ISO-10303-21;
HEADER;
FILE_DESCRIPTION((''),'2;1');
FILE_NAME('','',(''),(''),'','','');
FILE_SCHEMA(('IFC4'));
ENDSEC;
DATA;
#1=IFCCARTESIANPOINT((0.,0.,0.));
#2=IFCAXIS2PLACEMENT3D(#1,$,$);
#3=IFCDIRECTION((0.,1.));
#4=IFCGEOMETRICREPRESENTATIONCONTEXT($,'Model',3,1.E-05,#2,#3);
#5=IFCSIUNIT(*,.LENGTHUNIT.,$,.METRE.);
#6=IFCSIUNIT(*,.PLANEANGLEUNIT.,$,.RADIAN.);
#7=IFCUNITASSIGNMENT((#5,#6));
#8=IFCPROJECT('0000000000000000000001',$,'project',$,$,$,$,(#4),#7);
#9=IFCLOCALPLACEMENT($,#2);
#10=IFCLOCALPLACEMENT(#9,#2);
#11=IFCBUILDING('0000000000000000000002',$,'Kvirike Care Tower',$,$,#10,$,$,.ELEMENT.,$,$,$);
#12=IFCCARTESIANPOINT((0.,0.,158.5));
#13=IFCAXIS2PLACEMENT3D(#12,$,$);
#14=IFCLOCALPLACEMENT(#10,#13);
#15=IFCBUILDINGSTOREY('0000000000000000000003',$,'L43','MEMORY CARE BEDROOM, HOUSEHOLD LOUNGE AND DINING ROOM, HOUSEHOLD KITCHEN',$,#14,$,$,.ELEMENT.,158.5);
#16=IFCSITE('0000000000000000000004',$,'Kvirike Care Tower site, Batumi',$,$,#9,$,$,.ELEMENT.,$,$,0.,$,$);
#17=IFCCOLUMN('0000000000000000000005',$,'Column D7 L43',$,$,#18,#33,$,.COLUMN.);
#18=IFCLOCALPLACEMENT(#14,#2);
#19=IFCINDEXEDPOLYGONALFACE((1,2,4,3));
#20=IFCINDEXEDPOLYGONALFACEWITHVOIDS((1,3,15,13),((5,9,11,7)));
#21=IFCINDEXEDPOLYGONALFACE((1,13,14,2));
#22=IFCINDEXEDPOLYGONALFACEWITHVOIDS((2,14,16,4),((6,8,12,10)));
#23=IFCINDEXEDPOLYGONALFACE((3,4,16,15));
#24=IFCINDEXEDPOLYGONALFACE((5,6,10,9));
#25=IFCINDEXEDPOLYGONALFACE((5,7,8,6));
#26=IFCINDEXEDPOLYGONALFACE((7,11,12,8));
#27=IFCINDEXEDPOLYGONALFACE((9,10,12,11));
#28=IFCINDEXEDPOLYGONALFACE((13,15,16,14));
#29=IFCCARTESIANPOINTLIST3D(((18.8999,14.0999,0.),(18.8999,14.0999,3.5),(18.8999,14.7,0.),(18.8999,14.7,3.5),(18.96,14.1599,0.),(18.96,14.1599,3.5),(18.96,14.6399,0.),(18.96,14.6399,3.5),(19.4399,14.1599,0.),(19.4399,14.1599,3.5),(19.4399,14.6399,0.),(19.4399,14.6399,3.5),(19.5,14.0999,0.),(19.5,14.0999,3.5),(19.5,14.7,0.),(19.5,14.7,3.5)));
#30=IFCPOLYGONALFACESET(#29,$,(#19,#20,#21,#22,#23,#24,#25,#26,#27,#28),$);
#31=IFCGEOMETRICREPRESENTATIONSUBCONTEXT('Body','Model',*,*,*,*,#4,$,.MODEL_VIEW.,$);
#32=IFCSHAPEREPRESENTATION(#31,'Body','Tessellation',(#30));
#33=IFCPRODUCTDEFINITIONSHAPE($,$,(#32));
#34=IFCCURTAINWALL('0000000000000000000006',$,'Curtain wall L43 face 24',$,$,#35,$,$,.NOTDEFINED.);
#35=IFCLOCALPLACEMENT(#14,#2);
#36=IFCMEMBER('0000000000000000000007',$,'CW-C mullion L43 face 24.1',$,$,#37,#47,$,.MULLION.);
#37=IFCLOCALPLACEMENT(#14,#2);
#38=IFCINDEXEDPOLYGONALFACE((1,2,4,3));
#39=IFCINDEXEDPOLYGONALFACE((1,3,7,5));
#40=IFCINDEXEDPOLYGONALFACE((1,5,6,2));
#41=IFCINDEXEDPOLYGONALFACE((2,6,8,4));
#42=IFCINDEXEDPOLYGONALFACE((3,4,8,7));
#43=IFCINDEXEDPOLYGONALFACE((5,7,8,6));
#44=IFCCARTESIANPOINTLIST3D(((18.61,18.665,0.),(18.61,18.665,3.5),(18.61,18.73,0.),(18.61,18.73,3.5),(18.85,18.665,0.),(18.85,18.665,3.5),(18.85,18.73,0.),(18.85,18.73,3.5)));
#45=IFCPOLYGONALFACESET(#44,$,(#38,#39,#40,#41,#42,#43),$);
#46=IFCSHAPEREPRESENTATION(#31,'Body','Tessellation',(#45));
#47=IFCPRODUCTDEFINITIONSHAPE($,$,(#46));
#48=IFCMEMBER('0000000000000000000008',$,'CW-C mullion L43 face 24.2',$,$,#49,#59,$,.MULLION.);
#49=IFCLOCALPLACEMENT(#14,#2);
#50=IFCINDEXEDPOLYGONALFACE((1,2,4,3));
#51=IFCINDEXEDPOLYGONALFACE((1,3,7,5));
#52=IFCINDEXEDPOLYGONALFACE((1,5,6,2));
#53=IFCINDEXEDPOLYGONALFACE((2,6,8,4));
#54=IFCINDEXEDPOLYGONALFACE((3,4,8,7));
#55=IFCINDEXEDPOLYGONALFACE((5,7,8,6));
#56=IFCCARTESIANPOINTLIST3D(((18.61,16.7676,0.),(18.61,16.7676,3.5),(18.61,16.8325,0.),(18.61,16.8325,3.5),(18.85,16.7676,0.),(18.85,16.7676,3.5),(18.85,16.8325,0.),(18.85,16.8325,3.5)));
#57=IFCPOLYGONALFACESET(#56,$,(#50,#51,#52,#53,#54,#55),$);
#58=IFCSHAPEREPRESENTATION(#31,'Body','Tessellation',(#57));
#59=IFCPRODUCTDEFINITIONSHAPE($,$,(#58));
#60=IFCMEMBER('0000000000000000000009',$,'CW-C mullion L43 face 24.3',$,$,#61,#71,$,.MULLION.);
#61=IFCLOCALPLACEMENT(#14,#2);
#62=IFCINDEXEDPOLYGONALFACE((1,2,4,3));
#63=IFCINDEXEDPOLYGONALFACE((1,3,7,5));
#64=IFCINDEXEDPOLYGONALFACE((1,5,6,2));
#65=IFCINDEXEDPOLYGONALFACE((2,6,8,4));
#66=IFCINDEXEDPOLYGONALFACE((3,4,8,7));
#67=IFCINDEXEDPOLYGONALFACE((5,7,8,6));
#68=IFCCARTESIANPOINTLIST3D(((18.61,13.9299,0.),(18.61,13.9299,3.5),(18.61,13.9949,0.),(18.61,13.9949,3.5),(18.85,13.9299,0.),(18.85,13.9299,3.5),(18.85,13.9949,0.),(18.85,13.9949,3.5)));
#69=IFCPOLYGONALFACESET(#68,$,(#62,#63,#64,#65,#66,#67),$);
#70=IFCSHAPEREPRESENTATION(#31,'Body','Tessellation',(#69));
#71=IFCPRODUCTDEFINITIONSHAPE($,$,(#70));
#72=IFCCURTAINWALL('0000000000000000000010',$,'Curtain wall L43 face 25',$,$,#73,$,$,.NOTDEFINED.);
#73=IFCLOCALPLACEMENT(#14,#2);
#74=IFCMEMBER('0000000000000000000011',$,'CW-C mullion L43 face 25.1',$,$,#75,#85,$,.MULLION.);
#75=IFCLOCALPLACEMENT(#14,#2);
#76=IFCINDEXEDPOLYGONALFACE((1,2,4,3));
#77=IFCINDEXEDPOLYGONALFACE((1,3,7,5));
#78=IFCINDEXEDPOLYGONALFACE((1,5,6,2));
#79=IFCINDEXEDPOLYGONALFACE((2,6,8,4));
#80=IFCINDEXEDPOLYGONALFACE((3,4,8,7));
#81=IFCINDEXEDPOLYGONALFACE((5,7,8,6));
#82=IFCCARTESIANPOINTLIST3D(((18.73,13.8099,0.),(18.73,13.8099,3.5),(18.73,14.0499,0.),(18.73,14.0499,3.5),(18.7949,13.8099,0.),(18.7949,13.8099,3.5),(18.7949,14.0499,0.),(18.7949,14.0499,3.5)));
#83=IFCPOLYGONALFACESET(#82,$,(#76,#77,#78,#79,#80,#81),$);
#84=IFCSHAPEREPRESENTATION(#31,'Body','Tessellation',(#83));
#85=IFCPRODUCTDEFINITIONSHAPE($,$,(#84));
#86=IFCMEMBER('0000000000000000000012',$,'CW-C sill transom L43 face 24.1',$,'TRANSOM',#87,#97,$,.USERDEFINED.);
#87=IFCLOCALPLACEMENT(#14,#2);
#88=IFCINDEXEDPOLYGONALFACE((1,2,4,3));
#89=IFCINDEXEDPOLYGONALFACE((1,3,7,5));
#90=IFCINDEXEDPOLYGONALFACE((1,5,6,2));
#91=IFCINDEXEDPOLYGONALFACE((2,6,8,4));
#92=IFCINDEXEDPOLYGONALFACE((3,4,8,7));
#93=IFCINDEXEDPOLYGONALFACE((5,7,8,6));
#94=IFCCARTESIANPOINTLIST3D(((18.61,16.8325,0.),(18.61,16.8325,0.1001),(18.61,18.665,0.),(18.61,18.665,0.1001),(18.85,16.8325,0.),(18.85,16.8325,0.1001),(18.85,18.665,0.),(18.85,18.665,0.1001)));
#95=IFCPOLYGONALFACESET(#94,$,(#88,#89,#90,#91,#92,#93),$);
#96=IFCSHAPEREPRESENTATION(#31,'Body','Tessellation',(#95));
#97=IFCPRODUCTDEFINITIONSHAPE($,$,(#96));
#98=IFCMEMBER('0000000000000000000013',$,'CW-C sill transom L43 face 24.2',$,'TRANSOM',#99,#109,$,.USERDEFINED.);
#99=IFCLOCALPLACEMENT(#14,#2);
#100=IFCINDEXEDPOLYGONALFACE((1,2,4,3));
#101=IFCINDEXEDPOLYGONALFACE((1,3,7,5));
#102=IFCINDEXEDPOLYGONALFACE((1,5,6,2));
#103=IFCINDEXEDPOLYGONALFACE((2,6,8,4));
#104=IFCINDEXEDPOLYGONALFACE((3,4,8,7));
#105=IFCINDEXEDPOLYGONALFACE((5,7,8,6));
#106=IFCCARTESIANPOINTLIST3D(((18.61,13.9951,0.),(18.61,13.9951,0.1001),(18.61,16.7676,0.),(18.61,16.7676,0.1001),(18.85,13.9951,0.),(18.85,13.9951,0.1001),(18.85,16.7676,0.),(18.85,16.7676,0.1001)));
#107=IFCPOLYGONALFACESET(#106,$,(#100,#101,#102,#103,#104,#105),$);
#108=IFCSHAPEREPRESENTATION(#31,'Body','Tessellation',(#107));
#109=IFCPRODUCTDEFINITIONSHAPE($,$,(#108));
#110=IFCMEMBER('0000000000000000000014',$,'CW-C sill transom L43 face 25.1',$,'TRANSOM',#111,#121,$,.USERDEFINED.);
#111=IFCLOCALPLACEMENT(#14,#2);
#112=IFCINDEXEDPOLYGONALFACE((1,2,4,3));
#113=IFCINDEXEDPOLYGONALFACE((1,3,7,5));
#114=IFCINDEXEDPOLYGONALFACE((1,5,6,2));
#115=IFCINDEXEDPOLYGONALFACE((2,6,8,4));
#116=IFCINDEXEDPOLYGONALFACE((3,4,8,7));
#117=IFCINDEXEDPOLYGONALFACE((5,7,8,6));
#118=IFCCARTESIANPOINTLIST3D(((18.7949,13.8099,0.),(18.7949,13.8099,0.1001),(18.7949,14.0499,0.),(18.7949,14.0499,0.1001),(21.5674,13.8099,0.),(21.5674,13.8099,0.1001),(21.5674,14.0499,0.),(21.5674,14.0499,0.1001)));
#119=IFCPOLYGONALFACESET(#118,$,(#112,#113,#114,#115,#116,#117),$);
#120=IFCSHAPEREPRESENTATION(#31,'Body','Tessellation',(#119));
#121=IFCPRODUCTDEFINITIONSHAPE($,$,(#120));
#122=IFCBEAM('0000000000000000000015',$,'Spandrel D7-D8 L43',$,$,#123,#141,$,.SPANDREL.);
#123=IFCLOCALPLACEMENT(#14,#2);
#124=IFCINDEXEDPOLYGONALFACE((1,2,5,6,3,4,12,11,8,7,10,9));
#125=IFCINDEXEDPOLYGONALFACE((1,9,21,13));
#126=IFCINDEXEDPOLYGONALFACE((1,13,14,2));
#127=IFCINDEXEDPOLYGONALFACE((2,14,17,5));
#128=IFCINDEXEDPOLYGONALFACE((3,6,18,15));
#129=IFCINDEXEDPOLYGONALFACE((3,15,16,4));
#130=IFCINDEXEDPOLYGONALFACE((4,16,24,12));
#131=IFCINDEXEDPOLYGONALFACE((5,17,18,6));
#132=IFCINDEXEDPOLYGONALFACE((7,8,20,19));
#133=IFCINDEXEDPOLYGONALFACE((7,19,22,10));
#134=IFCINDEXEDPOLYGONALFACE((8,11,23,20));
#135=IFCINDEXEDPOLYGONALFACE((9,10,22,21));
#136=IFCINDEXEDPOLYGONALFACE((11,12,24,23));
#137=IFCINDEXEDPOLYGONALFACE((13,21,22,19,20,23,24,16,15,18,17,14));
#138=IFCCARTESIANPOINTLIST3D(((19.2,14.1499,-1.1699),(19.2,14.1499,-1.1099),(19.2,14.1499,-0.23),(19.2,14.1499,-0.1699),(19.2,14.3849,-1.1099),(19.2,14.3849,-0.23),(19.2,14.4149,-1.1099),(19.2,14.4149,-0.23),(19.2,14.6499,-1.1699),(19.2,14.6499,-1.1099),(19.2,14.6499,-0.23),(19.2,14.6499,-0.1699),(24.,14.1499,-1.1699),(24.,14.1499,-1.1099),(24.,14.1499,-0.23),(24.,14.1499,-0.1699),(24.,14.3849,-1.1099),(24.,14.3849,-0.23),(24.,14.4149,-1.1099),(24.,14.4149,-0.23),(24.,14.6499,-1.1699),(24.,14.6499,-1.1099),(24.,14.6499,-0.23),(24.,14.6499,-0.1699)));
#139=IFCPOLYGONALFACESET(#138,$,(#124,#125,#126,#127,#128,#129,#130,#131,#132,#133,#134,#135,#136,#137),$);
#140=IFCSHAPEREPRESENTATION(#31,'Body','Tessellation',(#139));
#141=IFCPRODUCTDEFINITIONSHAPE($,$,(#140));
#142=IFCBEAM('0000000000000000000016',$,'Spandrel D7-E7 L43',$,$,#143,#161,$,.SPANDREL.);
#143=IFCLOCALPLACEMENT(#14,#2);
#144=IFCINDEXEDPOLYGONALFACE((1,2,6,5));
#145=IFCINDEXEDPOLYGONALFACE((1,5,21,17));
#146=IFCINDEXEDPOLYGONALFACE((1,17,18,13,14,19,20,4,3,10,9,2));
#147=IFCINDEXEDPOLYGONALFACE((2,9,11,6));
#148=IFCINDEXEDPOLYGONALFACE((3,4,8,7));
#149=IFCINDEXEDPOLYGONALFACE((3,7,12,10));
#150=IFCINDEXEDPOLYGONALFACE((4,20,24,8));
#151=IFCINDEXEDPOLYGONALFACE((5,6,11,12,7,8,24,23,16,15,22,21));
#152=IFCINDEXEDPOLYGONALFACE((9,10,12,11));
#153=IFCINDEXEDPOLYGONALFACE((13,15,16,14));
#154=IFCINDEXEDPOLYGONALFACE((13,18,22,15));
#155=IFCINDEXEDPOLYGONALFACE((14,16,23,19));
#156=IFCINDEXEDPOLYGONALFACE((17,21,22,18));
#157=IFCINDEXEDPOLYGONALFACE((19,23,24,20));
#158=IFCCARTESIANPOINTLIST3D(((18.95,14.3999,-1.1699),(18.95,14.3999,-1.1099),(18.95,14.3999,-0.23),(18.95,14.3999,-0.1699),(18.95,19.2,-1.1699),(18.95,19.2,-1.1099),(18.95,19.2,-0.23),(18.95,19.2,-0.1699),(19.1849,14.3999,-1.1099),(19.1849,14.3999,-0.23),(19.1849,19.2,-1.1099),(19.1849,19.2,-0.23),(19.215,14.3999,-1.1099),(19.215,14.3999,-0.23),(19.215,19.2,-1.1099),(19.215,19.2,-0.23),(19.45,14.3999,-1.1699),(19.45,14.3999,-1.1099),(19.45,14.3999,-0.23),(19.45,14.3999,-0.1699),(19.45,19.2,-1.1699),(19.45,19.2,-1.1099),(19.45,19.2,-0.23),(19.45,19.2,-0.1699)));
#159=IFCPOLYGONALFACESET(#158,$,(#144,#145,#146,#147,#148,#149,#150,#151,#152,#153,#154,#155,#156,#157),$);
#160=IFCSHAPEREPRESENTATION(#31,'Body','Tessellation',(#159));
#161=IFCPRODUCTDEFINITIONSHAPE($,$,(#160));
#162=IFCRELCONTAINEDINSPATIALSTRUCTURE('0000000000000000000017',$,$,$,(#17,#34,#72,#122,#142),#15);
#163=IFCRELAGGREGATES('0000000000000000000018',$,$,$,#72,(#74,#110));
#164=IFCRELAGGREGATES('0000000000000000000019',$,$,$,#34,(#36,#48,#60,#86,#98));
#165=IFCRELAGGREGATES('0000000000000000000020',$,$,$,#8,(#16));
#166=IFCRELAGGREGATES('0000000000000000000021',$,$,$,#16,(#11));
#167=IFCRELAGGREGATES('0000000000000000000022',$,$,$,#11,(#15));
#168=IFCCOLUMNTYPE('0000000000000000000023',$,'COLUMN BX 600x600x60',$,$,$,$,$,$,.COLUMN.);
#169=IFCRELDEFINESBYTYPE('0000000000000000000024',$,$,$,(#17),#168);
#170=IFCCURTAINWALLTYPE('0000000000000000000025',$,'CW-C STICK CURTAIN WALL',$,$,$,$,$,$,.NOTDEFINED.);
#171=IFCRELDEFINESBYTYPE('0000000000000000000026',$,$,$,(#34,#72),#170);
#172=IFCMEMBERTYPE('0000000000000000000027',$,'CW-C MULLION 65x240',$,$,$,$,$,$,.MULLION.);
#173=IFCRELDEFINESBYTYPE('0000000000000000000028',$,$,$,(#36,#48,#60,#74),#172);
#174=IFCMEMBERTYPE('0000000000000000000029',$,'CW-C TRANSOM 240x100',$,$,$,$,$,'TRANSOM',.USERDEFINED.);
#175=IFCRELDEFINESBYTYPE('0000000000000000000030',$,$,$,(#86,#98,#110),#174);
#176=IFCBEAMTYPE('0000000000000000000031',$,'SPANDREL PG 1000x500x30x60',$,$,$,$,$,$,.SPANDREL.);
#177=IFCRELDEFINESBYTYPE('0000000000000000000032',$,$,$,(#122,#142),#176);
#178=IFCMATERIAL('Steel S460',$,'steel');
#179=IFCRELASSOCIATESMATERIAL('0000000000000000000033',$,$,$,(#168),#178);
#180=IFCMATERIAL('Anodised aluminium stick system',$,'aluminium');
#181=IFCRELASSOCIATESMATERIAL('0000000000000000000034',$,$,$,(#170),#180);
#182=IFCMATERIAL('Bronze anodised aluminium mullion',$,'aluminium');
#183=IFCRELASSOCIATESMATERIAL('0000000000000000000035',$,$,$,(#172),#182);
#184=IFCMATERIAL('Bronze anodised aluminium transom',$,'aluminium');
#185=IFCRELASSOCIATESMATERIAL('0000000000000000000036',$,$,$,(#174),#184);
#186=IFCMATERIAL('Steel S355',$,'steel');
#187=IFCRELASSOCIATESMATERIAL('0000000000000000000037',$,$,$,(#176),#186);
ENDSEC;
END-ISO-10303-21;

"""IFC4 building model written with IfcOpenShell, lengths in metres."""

from ifc_helpers import new_model, si_unit, direction, frame, origin, origin_2d, place, context, subcontext, project, spatial, rectangle, hollow_rectangle, i_section, extrude, material, material_profile, profile_set, type_object, element, aggregate, save


model = new_model("IFC4")

# Units and contexts
model_context = context("Model", 3, precision=1e-05, world=origin(), true_north=direction((0.0, 1.0)))
body_context = subcontext(model_context, "Body", "Model", "MODEL_VIEW")
ifc_project = project(units=[si_unit("LENGTHUNIT", "METRE"), si_unit("PLANEANGLEUNIT", "RADIAN")], contexts=[model_context])

# Site, building, storey
site_placement = place(None, origin())
site = spatial("IfcSite", under=ifc_project, at=site_placement, Name="Kvirike Care Tower site, Batumi", CompositionType="ELEMENT", RefElevation=0.0)
building_placement = place(site_placement, origin())
building = spatial("IfcBuilding", under=site, at=building_placement, Name="Kvirike Care Tower", CompositionType="ELEMENT")
storey_placement = place(building_placement, frame((0.0, 0.0, 158.5)))
storey = spatial("IfcBuildingStorey", under=building, at=storey_placement, Name="L43", Description="MEMORY CARE BEDROOM, HOUSEHOLD LOUNGE AND DINING ROOM, HOUSEHOLD KITCHEN", CompositionType="ELEMENT", Elevation=158.5)

# Column
ifc_material_1 = material(Name="Steel S460", Category="steel")
ifc_material_profile_1 = material_profile(ifc_material_1, hollow_rectangle(XDim=0.6001, YDim=0.6001, WallThickness=0.0601, at=origin_2d()), Name="BX 600x600x60")
ifc_profile_set_1 = profile_set([ifc_material_profile_1], Name="Steel S460")
column_type = type_object("IfcColumnType", Name="COLUMN BX 600x600x60", PredefinedType="COLUMN", material=ifc_profile_set_1)
column_placement = place(storey_placement, frame((19.2, 14.3999, 0.0), z_axis=(0.0, 0.0, 1.0), x_axis=(0.0, 1.0, 0.0)))
element("IfcColumn", 1, at=column_placement, inside=storey, type_object=column_type, Name="Column D7 L43", PredefinedType="COLUMN", context=body_context, shape_type="SweptSolid", body=[
    extrude(hollow_rectangle(XDim=0.6001, YDim=0.6001, WallThickness=0.0601, at=origin_2d()), origin(), (0.0, 0.0, 1.0), 3.5),
])

# Curtain wall, members
ifc_material_2 = material(Name="Anodised aluminium stick system", Category="aluminium")
curtain_wall_type = type_object("IfcCurtainWallType", Name="CW-C STICK CURTAIN WALL", PredefinedType="NOTDEFINED", material=ifc_material_2)
curtain_wall_1_placement = place(storey_placement, origin())
curtain_wall_1 = element("IfcCurtainWall", 2, at=curtain_wall_1_placement, inside=storey, type_object=curtain_wall_type, Name="Curtain wall L43 face 24", PredefinedType="NOTDEFINED")
ifc_material_3 = material(Name="Bronze anodised aluminium mullion", Category="aluminium")
ifc_material_profile_2 = material_profile(ifc_material_3, rectangle(XDim=0.0649, YDim=0.24, at=origin_2d()), Name="CW-C MULLION 65x240")
ifc_profile_set_2 = profile_set([ifc_material_profile_2], Name="Bronze anodised aluminium mullion")
member_type_1 = type_object("IfcMemberType", Name="CW-C MULLION 65x240", PredefinedType="MULLION", material=ifc_profile_set_2)
member_1_placement = place(storey_placement, frame((18.73, 18.6975, 0.0), z_axis=(0.0, 0.0, 1.0), x_axis=(0.0, -1.0, 0.0)))
member_1 = element("IfcMember", 3, at=member_1_placement, type_object=member_type_1, Name="CW-C mullion L43 face 24.1", PredefinedType="MULLION", context=body_context, shape_type="SweptSolid", body=[
    extrude(rectangle(XDim=0.0649, YDim=0.24, at=origin_2d()), origin(), (0.0, 0.0, 1.0), 3.5),
])
member_2_placement = place(storey_placement, frame((18.73, 16.8, 0.0), z_axis=(0.0, 0.0, 1.0), x_axis=(0.0, -1.0, 0.0)))
member_2 = element("IfcMember", 4, at=member_2_placement, type_object=member_type_1, Name="CW-C mullion L43 face 24.2", PredefinedType="MULLION", context=body_context, shape_type="SweptSolid", body=[
    extrude(rectangle(XDim=0.0649, YDim=0.24, at=origin_2d()), origin(), (0.0, 0.0, 1.0), 3.5),
])
member_3_placement = place(storey_placement, frame((18.73, 13.9624, 0.0), z_axis=(0.0, 0.0, 1.0), x_axis=(0.0, -1.0, 0.0)))
member_3 = element("IfcMember", 5, at=member_3_placement, type_object=member_type_1, Name="CW-C mullion L43 face 24.3", PredefinedType="MULLION", context=body_context, shape_type="SweptSolid", body=[
    extrude(rectangle(XDim=0.0649, YDim=0.24, at=origin_2d()), origin(), (0.0, 0.0, 1.0), 3.5),
])

# Curtain wall, member
curtain_wall_2_placement = place(storey_placement, origin())
curtain_wall_2 = element("IfcCurtainWall", 6, at=curtain_wall_2_placement, inside=storey, type_object=curtain_wall_type, Name="Curtain wall L43 face 25", PredefinedType="NOTDEFINED")
member_4_placement = place(storey_placement, frame((18.7625, 13.9299, 0.0), z_axis=(0.0, 0.0, 1.0), x_axis=(1.0, 0.0, 0.0)))
member_4 = element("IfcMember", 7, at=member_4_placement, type_object=member_type_1, Name="CW-C mullion L43 face 25.1", PredefinedType="MULLION", context=body_context, shape_type="SweptSolid", body=[
    extrude(rectangle(XDim=0.0649, YDim=0.24, at=origin_2d()), origin(), (0.0, 0.0, 1.0), 3.5),
])

# Members
ifc_material_4 = material(Name="Bronze anodised aluminium transom", Category="aluminium")
ifc_material_profile_3 = material_profile(ifc_material_4, rectangle(XDim=0.24, YDim=0.1001, at=origin_2d()), Name="CW-C TRANSOM 240x100")
ifc_profile_set_3 = profile_set([ifc_material_profile_3], Name="Bronze anodised aluminium transom")
member_type_2 = type_object("IfcMemberType", Name="CW-C TRANSOM 240x100", ElementType="TRANSOM", PredefinedType="USERDEFINED", material=ifc_profile_set_3)
member_5_placement = place(storey_placement, frame((18.73, 18.665, 0.05), z_axis=(0.0, -1.0, 0.0), x_axis=(1.0, 0.0, 0.0)))
member_5 = element("IfcMember", 8, at=member_5_placement, type_object=member_type_2, Name="CW-C sill transom L43 face 24.1", ObjectType="TRANSOM", PredefinedType="USERDEFINED", context=body_context, shape_type="SweptSolid", body=[
    extrude(rectangle(XDim=0.24, YDim=0.1001, at=origin_2d()), origin(), (0.0, 0.0, 1.0), 1.8325),
])
member_6_placement = place(storey_placement, frame((18.73, 16.7676, 0.05), z_axis=(0.0, -1.0, 0.0), x_axis=(1.0, 0.0, 0.0)))
member_6 = element("IfcMember", 9, at=member_6_placement, type_object=member_type_2, Name="CW-C sill transom L43 face 24.2", ObjectType="TRANSOM", PredefinedType="USERDEFINED", context=body_context, shape_type="SweptSolid", body=[
    extrude(rectangle(XDim=0.24, YDim=0.1001, at=origin_2d()), origin(), (0.0, 0.0, 1.0), 2.7725),
])
member_7_placement = place(storey_placement, frame((18.7949, 13.9299, 0.05), z_axis=(1.0, 0.0, 0.0), x_axis=(0.0, 1.0, 0.0)))
member_7 = element("IfcMember", 10, at=member_7_placement, type_object=member_type_2, Name="CW-C sill transom L43 face 25.1", ObjectType="TRANSOM", PredefinedType="USERDEFINED", context=body_context, shape_type="SweptSolid", body=[
    extrude(rectangle(XDim=0.24, YDim=0.1001, at=origin_2d()), origin(), (0.0, 0.0, 1.0), 2.7725),
])
aggregate(curtain_wall_2, [member_4, member_7])

# Beams
ifc_material_5 = material(Name="Steel S355", Category="steel")
ifc_material_profile_4 = material_profile(ifc_material_5, i_section(OverallWidth=0.5, OverallDepth=1.0, WebThickness=0.03, FlangeThickness=0.0601, at=origin_2d()), Name="PG 1000x500x30x60")
ifc_profile_set_4 = profile_set([ifc_material_profile_4], Name="Steel S355")
beam_type = type_object("IfcBeamType", Name="SPANDREL PG 1000x500x30x60", PredefinedType="SPANDREL", material=ifc_profile_set_4)
for number, where, z_axis, x_axis, name in (
    (11, (19.2, 14.3999, -0.6699), (1.0, 0.0, 0.0), (0.0, 1.0, 0.0), "Spandrel D7-D8 L43"),
    (12, (19.2, 14.3999, -0.6699), (0.0, 1.0, 0.0), (-1.0, 0.0, 0.0), "Spandrel D7-E7 L43"),
):
    element("IfcBeam", number, at=place(storey_placement, frame(where, z_axis=z_axis, x_axis=x_axis)), inside=storey, type_object=beam_type, Name=name, PredefinedType="SPANDREL", context=body_context, shape_type="SweptSolid", body=[
        extrude(i_section(OverallWidth=0.5, OverallDepth=1.0, WebThickness=0.03, FlangeThickness=0.0601, at=origin_2d()), origin(), (0.0, 0.0, 1.0), 4.8),
    ])

aggregate(curtain_wall_1, [member_1, member_2, member_3, member_5, member_6])

save(model, "model.ifc")
